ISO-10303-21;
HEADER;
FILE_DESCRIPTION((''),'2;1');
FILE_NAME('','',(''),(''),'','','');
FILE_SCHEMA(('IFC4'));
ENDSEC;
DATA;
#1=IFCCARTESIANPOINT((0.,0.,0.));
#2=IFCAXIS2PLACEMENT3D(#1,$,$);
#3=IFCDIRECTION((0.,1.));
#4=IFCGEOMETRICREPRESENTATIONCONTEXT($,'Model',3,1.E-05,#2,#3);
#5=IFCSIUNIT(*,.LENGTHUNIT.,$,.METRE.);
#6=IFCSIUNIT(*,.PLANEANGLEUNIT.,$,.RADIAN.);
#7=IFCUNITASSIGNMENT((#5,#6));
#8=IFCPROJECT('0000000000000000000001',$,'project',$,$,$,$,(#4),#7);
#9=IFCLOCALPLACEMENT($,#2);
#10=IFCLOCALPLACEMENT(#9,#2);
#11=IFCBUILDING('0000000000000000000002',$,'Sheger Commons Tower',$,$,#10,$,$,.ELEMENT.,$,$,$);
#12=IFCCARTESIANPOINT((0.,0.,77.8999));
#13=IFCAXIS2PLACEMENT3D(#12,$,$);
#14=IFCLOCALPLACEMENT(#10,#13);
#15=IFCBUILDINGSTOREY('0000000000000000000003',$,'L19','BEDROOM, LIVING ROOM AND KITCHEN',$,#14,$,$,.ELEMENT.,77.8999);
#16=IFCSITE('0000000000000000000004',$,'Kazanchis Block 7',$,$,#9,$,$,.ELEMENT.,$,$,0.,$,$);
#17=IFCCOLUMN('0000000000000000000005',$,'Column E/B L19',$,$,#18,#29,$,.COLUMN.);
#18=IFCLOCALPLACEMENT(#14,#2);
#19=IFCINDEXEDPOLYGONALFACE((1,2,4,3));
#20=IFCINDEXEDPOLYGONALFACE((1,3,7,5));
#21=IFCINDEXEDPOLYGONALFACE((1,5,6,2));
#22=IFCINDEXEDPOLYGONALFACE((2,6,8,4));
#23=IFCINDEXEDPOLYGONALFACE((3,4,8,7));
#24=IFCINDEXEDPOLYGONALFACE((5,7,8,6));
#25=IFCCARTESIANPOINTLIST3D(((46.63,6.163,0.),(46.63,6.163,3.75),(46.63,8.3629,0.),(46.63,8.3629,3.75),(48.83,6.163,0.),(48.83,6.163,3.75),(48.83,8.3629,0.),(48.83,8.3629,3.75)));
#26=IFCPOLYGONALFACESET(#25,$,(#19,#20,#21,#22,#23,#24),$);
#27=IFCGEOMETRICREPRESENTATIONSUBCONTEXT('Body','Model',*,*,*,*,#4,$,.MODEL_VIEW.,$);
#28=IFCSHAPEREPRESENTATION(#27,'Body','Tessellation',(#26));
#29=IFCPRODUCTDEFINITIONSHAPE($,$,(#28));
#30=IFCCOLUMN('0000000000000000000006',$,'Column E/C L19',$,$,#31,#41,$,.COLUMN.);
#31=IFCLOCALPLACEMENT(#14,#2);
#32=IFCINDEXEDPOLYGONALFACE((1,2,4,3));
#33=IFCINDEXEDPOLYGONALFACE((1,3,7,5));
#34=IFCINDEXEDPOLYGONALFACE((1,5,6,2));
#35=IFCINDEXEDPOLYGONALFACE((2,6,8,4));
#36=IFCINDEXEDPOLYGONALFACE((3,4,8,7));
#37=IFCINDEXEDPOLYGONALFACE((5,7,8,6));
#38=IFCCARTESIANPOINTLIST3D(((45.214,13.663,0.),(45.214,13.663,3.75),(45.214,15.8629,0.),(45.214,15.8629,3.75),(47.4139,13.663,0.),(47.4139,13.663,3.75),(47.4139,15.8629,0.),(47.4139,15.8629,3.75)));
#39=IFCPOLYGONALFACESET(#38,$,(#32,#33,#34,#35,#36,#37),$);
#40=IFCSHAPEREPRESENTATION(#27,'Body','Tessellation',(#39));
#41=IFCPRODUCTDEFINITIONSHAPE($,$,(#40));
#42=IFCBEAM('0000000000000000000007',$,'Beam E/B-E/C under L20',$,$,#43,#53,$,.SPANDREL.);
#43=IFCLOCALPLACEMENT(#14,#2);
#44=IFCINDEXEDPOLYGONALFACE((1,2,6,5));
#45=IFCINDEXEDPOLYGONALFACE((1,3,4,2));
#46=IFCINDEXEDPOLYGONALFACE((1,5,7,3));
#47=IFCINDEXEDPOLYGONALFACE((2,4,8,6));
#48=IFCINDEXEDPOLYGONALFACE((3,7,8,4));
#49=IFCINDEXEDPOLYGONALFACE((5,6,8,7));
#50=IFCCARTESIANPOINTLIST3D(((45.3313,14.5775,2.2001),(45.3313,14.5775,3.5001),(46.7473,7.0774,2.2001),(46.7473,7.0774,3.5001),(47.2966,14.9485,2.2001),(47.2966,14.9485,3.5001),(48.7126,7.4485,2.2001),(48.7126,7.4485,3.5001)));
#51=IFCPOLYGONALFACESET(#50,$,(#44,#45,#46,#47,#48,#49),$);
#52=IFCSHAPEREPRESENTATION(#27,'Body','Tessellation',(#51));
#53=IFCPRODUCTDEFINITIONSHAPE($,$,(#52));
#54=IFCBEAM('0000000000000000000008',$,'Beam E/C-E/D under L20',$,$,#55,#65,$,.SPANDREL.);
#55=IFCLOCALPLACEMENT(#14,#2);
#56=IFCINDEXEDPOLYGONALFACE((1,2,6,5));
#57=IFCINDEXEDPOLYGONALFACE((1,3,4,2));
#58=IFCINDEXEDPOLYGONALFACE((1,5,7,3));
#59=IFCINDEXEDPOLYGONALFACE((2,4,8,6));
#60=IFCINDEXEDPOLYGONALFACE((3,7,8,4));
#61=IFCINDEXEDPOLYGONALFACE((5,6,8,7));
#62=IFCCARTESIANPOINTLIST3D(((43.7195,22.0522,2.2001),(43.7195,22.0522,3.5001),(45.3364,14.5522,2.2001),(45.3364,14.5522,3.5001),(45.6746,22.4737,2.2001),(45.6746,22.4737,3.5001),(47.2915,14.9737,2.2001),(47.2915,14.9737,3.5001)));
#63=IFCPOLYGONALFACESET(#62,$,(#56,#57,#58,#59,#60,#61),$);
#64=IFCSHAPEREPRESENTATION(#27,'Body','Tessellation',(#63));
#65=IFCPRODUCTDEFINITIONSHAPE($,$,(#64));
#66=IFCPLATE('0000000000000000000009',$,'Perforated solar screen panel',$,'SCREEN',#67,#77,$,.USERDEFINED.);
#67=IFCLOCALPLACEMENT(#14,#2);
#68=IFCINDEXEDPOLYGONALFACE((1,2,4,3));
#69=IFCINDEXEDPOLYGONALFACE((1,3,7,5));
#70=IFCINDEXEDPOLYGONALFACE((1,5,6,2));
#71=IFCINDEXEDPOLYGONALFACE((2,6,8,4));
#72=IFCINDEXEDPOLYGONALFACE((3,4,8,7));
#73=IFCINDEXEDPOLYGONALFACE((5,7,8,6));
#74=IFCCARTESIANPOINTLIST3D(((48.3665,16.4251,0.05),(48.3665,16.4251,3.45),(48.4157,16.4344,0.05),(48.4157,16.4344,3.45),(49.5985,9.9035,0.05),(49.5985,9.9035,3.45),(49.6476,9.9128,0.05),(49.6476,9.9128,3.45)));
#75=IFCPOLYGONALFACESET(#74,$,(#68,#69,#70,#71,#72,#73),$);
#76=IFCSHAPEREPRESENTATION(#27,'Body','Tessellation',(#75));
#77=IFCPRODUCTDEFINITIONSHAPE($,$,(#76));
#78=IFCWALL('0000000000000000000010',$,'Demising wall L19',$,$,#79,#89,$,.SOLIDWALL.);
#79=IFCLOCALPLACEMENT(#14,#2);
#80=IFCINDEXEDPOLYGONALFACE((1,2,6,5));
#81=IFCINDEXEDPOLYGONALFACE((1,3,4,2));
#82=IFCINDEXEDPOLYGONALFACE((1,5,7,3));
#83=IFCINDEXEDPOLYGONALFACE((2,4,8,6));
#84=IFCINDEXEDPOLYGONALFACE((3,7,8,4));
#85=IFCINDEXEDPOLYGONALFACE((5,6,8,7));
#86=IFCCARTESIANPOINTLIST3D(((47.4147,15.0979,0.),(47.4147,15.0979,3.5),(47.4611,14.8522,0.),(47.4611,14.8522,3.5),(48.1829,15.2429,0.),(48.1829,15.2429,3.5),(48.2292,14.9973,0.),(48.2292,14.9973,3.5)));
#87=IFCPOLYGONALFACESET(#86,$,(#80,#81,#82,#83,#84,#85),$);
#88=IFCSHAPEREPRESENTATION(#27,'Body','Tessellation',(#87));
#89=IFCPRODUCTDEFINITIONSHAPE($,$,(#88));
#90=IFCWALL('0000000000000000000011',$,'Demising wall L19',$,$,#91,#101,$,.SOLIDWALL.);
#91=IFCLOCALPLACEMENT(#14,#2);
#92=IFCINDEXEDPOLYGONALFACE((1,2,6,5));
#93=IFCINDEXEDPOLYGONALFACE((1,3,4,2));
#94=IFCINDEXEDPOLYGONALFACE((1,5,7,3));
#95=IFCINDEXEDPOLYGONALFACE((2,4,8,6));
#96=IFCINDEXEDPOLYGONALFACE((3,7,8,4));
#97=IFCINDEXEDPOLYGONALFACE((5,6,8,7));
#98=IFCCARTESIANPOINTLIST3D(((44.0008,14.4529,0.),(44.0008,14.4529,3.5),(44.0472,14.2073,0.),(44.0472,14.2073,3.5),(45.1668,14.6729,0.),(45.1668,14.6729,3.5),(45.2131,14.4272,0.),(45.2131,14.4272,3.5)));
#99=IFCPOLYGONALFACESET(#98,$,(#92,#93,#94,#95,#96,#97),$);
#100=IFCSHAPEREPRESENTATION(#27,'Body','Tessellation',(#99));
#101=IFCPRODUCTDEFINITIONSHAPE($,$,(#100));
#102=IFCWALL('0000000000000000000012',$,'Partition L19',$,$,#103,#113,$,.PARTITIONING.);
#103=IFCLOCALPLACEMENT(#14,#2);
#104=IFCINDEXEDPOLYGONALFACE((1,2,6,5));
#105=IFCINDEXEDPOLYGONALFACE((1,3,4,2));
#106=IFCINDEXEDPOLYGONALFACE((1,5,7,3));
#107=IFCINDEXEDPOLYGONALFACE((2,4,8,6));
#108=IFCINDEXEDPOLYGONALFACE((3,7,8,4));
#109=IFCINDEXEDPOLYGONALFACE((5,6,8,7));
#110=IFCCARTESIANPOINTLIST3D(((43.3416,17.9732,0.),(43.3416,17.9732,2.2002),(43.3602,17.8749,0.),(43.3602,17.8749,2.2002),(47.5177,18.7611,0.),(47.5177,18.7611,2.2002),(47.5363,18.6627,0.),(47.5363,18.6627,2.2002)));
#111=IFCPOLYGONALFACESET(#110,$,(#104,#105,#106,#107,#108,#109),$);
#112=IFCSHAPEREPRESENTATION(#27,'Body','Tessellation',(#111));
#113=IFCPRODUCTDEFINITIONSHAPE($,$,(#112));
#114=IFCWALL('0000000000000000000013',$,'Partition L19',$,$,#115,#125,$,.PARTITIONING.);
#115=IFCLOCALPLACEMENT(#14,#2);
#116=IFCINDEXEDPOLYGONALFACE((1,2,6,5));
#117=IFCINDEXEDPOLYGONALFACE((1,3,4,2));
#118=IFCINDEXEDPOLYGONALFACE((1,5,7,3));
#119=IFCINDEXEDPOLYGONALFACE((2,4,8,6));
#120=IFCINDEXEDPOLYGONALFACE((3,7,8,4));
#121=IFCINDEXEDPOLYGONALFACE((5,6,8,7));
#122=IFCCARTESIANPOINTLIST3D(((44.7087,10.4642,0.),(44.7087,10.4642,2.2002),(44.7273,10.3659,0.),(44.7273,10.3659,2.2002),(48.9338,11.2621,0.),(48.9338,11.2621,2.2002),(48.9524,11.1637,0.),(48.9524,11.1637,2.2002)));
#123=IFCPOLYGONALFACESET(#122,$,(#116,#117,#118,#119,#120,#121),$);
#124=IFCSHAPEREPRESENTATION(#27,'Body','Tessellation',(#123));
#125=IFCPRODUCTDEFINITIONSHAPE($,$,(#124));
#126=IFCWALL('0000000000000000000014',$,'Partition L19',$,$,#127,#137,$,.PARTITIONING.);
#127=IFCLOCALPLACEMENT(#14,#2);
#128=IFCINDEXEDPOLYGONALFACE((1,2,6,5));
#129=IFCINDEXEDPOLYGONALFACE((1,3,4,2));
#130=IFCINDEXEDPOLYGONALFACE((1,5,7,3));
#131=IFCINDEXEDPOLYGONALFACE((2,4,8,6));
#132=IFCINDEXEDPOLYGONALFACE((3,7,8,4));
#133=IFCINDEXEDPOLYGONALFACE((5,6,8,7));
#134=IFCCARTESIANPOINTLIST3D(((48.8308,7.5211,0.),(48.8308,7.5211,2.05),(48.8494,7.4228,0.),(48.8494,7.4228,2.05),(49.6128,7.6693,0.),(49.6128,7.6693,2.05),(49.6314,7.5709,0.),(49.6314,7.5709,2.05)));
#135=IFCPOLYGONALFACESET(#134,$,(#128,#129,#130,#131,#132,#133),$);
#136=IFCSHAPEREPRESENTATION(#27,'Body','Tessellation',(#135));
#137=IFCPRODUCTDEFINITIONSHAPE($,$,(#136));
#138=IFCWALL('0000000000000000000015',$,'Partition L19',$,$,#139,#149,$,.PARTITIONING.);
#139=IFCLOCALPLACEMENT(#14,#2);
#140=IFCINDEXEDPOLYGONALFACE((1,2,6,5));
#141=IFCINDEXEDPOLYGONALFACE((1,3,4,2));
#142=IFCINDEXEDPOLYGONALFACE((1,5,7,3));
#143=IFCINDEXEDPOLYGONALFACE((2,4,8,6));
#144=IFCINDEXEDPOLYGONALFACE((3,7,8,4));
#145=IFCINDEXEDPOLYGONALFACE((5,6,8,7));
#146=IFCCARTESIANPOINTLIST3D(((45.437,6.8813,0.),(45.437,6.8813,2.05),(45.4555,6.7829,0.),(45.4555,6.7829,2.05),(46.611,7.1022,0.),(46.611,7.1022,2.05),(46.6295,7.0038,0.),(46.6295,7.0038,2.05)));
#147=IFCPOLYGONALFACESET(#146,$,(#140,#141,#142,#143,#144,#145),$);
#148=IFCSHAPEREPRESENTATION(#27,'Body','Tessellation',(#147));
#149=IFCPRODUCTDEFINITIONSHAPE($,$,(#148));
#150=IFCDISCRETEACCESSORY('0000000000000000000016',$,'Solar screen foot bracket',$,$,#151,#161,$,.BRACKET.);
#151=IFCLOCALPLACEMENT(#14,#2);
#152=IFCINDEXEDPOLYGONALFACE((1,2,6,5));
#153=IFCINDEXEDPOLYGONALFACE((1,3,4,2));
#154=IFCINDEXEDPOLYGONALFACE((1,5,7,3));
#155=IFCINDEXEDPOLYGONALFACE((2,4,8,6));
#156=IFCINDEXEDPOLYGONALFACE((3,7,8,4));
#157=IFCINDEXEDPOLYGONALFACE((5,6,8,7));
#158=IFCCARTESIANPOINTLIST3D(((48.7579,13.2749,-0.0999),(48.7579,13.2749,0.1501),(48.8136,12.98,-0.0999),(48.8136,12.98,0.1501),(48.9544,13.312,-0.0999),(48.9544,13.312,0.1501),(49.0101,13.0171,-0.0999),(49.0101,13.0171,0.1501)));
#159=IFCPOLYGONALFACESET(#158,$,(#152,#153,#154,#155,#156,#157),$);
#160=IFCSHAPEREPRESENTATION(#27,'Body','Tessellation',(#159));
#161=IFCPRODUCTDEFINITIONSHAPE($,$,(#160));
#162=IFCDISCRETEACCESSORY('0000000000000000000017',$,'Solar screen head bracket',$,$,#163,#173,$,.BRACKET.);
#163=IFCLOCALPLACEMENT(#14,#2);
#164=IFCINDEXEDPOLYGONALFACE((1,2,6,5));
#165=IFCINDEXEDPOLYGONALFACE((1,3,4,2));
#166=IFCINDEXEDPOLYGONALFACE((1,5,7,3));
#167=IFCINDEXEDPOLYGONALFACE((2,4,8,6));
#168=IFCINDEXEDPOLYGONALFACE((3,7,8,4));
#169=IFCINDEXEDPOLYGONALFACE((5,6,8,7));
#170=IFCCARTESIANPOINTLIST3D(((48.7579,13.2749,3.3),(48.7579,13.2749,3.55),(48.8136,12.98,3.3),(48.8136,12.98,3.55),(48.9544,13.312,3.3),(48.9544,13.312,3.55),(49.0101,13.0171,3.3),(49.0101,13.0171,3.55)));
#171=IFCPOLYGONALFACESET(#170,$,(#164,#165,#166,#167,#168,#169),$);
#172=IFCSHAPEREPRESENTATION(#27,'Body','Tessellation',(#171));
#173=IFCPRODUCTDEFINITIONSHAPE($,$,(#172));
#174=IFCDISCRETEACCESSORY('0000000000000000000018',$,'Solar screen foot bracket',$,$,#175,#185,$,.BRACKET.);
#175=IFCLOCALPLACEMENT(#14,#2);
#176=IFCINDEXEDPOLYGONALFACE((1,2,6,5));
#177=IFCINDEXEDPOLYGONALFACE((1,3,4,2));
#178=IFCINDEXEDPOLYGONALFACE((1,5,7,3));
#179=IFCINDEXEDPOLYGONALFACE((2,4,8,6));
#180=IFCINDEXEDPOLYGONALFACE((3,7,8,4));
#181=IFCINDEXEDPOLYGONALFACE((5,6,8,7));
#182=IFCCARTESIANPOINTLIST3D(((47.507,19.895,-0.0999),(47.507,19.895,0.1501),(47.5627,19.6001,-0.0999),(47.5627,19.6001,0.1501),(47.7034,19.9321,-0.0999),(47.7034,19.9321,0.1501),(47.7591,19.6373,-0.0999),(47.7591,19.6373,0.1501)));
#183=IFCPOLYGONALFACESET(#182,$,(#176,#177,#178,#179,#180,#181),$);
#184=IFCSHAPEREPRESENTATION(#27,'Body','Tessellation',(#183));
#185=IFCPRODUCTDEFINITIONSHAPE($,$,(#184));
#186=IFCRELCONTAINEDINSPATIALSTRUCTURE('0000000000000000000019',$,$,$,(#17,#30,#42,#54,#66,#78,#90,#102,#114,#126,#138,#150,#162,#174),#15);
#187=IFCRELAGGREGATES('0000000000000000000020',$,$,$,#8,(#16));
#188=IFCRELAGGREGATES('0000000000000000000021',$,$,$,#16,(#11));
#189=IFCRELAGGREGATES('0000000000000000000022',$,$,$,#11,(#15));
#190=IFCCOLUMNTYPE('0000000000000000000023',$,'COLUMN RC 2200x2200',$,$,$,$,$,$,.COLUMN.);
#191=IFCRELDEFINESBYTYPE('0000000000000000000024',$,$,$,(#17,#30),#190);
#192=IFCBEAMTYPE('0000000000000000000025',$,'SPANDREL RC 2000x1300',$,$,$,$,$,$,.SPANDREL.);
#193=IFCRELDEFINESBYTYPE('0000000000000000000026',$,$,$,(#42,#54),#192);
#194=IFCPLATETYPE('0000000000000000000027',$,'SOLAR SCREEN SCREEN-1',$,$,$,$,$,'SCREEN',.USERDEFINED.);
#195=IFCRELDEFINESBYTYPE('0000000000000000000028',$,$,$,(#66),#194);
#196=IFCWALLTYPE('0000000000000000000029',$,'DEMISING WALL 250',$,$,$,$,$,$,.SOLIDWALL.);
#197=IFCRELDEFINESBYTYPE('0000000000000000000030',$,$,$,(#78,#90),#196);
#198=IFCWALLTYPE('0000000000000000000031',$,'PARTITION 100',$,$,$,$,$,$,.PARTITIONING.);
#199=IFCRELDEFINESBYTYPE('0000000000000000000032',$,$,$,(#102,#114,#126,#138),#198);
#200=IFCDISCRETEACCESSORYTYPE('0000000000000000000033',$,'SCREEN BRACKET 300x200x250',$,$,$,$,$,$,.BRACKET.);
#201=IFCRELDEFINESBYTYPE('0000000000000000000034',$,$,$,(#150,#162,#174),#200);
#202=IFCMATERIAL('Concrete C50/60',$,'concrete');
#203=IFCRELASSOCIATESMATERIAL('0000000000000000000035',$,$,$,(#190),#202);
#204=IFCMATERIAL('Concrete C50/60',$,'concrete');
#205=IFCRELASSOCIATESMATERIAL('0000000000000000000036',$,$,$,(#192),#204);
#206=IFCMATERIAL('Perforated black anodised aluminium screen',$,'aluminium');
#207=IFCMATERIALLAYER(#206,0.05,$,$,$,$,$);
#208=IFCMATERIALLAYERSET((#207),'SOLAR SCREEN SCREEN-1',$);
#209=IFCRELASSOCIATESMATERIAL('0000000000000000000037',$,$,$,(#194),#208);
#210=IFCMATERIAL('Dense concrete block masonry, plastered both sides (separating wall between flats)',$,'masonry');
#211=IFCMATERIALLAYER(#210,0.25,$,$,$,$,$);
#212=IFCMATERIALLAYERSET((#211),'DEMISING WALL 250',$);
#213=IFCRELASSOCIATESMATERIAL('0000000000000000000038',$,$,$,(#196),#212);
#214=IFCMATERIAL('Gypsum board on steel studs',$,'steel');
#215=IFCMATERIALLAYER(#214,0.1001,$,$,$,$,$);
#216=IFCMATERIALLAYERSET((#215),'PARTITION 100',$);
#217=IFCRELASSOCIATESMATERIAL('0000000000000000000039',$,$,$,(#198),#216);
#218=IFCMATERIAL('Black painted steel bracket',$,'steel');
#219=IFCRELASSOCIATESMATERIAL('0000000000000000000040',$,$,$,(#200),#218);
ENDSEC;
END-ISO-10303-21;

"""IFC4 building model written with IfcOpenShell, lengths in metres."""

from ifc_helpers import new_model, si_unit, direction, frame, frame_2d, origin, origin_2d, place, context, subcontext, project, spatial, rectangle, extrude, material, layer, layer_set, material_profile, profile_set, type_object, element, save


model = new_model("IFC4")

# Units and contexts
model_context = context("Model", 3, precision=1e-05, world=origin(), true_north=direction((0.0, 1.0)))
body_context = subcontext(model_context, "Body", "Model", "MODEL_VIEW")
ifc_project = project(units=[si_unit("LENGTHUNIT", "METRE"), si_unit("PLANEANGLEUNIT", "RADIAN")], contexts=[model_context])

# Site, building, storey
site_placement = place(None, origin())
site = spatial("IfcSite", under=ifc_project, at=site_placement, Name="Kazanchis Block 7", CompositionType="ELEMENT", RefElevation=0.0)
building_placement = place(site_placement, origin())
building = spatial("IfcBuilding", under=site, at=building_placement, Name="Sheger Commons Tower", CompositionType="ELEMENT")
storey_placement = place(building_placement, frame((0.0, 0.0, 77.8999)))
storey = spatial("IfcBuildingStorey", under=building, at=storey_placement, Name="L19", Description="BEDROOM, LIVING ROOM AND KITCHEN", CompositionType="ELEMENT", Elevation=77.8999)

# Columns
ifc_material_1 = material(Name="Concrete C50/60", Category="concrete")
ifc_material_profile_1 = material_profile(ifc_material_1, rectangle(XDim=2.2, YDim=2.2, at=origin_2d()), Name="RC 2200x2200")
ifc_profile_set_1 = profile_set([ifc_material_profile_1], Name="Concrete C50/60")
column_type = type_object("IfcColumnType", Name="COLUMN RC 2200x2200", PredefinedType="COLUMN", material=ifc_profile_set_1)
for number, where, z_axis, x_axis, name in (
    (1, (47.73, 7.2629, 0.0), (0.0, 0.0, 1.0), (1.0, 0.0, 0.0), "Column E/B L19"),
    (2, (46.314, 14.7629, 0.0), (0.0, 0.0, 1.0), (1.0, 0.0, 0.0), "Column E/C L19"),
):
    element("IfcColumn", number, at=place(storey_placement, frame(where, z_axis=z_axis, x_axis=x_axis)), inside=storey, type_object=column_type, Name=name, PredefinedType="COLUMN", context=body_context, shape_type="SweptSolid", body=[
        extrude(rectangle(XDim=2.2, YDim=2.2, at=origin_2d()), origin(), (0.0, 0.0, 1.0), 3.75),
    ])

# Beams
ifc_material_2 = material(Name="Concrete C50/60", Category="concrete")
ifc_material_profile_2 = material_profile(ifc_material_2, rectangle(XDim=2.0, YDim=1.3, at=origin_2d()), Name="RC 2000x1300")
ifc_profile_set_2 = profile_set([ifc_material_profile_2], Name="Concrete C50/60")
beam_type = type_object("IfcBeamType", Name="SPANDREL RC 2000x1300", PredefinedType="SPANDREL", material=ifc_profile_set_2)
beam_1_placement = place(storey_placement, frame((47.73, 7.2629, 2.8501), z_axis=(-0.185524, 0.98264, 0.0), x_axis=(-0.98264, -0.185524, 0.0)))
element("IfcBeam", 3, at=beam_1_placement, inside=storey, type_object=beam_type, Name="Beam E/B-E/C under L20", PredefinedType="SPANDREL", context=body_context, shape_type="SweptSolid", body=[
    extrude(rectangle(XDim=2.0, YDim=1.3, at=origin_2d()), origin(), (0.0, 0.0, 1.0), 7.6326),
])
beam_2_placement = place(storey_placement, frame((46.314, 14.7629, 2.8501), z_axis=(-0.21075, 0.97754, 0.0), x_axis=(-0.97754, -0.21075, 0.0)))
element("IfcBeam", 4, at=beam_2_placement, inside=storey, type_object=beam_type, Name="Beam E/C-E/D under L20", PredefinedType="SPANDREL", context=body_context, shape_type="SweptSolid", body=[
    extrude(rectangle(XDim=2.0, YDim=1.3, at=origin_2d()), origin(), (0.0, 0.0, 1.0), 7.6724),
])

# Plate
ifc_material_3 = material(Name="Perforated black anodised aluminium screen", Category="aluminium")
ifc_layer_1 = layer(ifc_material_3, 0.05)
ifc_layer_set_1 = layer_set([ifc_layer_1], Name="SOLAR SCREEN SCREEN-1")
plate_type = type_object("IfcPlateType", Name="SOLAR SCREEN SCREEN-1", ElementType="SCREEN", PredefinedType="USERDEFINED", material=ifc_layer_set_1)
plate_placement = place(storey_placement, frame((49.0071, 13.1689, 0.05), z_axis=(0.0, 0.0, 1.0), x_axis=(-0.185615, 0.982623, 0.0)))
element("IfcPlate", 5, at=plate_placement, inside=storey, type_object=plate_type, Name="Perforated solar screen panel", ObjectType="SCREEN", PredefinedType="USERDEFINED", context=body_context, shape_type="SweptSolid", body=[
    extrude(rectangle(XDim=6.637, YDim=0.05, at=origin_2d()), origin(), (0.0, 0.0, 1.0), 3.3999),
])

# Walls
ifc_material_4 = material(Name="Dense concrete block masonry, plastered both sides (separating wall between flats)", Category="masonry")
ifc_layer_2 = layer(ifc_material_4, 0.25)
ifc_layer_set_2 = layer_set([ifc_layer_2], Name="DEMISING WALL 250")
wall_type_1 = type_object("IfcWallType", Name="DEMISING WALL 250", PredefinedType="SOLIDWALL", material=ifc_layer_set_2)
wall_1_placement = place(storey_placement, frame((48.2061, 15.1201, 0.0), z_axis=(0.0, 0.0, 1.0), x_axis=(-0.982638, -0.185533, 0.0)))
element("IfcWall", 6, at=wall_1_placement, inside=storey, type_object=wall_type_1, Name="Demising wall L19", PredefinedType="SOLIDWALL", context=body_context, shape_type="SweptSolid", body=[
    extrude(rectangle(XDim=0.7817, YDim=0.25, at=frame_2d((0.3909, 0.0))), origin(), (0.0, 0.0, 1.0), 3.5),
])
wall_2_placement = place(storey_placement, frame((45.1899, 14.55, 0.0), z_axis=(0.0, 0.0, 1.0), x_axis=(-0.982667, -0.185382, 0.0)))
element("IfcWall", 7, at=wall_2_placement, inside=storey, type_object=wall_type_1, Name="Demising wall L19", PredefinedType="SOLIDWALL", context=body_context, shape_type="SweptSolid", body=[
    extrude(rectangle(XDim=1.1865, YDim=0.25, at=frame_2d((0.5933, 0.0))), origin(), (0.0, 0.0, 1.0), 3.5),
])
ifc_material_5 = material(Name="Gypsum board on steel studs", Category="steel")
ifc_layer_3 = layer(ifc_material_5, 0.1001)
ifc_layer_set_3 = layer_set([ifc_layer_3], Name="PARTITION 100")
wall_type_2 = type_object("IfcWallType", Name="PARTITION 100", PredefinedType="PARTITIONING", material=ifc_layer_set_3)
wall_3_placement = place(storey_placement, frame((47.5271, 18.7119, 0.0), z_axis=(0.0, 0.0, 1.0), x_axis=(-0.982665, -0.185388, 0.0)))
element("IfcWall", 8, at=wall_3_placement, inside=storey, type_object=wall_type_2, Name="Partition L19", PredefinedType="PARTITIONING", context=body_context, shape_type="SweptSolid", body=[
    extrude(rectangle(XDim=4.2498, YDim=0.1001, at=frame_2d((2.125, 0.0))), origin(), (0.0, 0.0, 1.0), 2.2002),
])
wall_4_placement = place(storey_placement, frame((48.9431, 11.2129, 0.0), z_axis=(0.0, 0.0, 1.0), x_axis=(-0.982634, -0.185557, 0.0)))
element("IfcWall", 9, at=wall_4_placement, inside=storey, type_object=wall_type_2, Name="Partition L19", PredefinedType="PARTITIONING", context=body_context, shape_type="SweptSolid", body=[
    extrude(rectangle(XDim=4.2998, YDim=0.1001, at=frame_2d((2.1499, 0.0))), origin(), (0.0, 0.0, 1.0), 2.2002),
])
wall_5_placement = place(storey_placement, frame((49.6221, 7.6201, 0.0), z_axis=(0.0, 0.0, 1.0), x_axis=(-0.982513, -0.186196, 0.0)))
element("IfcWall", 10, at=wall_5_placement, inside=storey, type_object=wall_type_2, Name="Partition L19", PredefinedType="PARTITIONING", context=body_context, shape_type="SweptSolid", body=[
    extrude(rectangle(XDim=0.7959, YDim=0.1001, at=frame_2d((0.3979, 0.0))), origin(), (0.0, 0.0, 1.0), 2.05),
])
wall_6_placement = place(storey_placement, frame((46.6201, 7.053, 0.0), z_axis=(0.0, 0.0, 1.0), x_axis=(-0.982749, -0.184942, 0.0)))
element("IfcWall", 11, at=wall_6_placement, inside=storey, type_object=wall_type_2, Name="Partition L19", PredefinedType="PARTITIONING", context=body_context, shape_type="SweptSolid", body=[
    extrude(rectangle(XDim=1.1946, YDim=0.1001, at=frame_2d((0.5972, 0.0))), origin(), (0.0, 0.0, 1.0), 2.05),
])

# Discrete accessories
ifc_material_6 = material(Name="Black painted steel bracket", Category="steel")
discrete_accessory_type = type_object("IfcDiscreteAccessoryType", Name="SCREEN BRACKET 300x200x250", PredefinedType="BRACKET", material=ifc_material_6)
for number, where, z_axis, x_axis, name in (
    (12, (48.884, 13.146, -0.0999), (0.0, 0.0, 1.0), (-0.185615, 0.982623, 0.0), "Solar screen foot bracket"),
    (13, (48.884, 13.146, 3.3), (0.0, 0.0, 1.0), (-0.185615, 0.982623, 0.0), "Solar screen head bracket"),
    (14, (47.6331, 19.7661, -0.0999), (0.0, 0.0, 1.0), (-0.185615, 0.982623, 0.0), "Solar screen foot bracket"),
):
    element("IfcDiscreteAccessory", number, at=place(storey_placement, frame(where, z_axis=z_axis, x_axis=x_axis)), inside=storey, type_object=discrete_accessory_type, Name=name, PredefinedType="BRACKET", context=body_context, shape_type="SweptSolid", body=[
        extrude(rectangle(XDim=0.3, YDim=0.2, at=origin_2d()), origin(), (0.0, 0.0, 1.0), 0.25),
    ])

save(model, "model.ifc")
